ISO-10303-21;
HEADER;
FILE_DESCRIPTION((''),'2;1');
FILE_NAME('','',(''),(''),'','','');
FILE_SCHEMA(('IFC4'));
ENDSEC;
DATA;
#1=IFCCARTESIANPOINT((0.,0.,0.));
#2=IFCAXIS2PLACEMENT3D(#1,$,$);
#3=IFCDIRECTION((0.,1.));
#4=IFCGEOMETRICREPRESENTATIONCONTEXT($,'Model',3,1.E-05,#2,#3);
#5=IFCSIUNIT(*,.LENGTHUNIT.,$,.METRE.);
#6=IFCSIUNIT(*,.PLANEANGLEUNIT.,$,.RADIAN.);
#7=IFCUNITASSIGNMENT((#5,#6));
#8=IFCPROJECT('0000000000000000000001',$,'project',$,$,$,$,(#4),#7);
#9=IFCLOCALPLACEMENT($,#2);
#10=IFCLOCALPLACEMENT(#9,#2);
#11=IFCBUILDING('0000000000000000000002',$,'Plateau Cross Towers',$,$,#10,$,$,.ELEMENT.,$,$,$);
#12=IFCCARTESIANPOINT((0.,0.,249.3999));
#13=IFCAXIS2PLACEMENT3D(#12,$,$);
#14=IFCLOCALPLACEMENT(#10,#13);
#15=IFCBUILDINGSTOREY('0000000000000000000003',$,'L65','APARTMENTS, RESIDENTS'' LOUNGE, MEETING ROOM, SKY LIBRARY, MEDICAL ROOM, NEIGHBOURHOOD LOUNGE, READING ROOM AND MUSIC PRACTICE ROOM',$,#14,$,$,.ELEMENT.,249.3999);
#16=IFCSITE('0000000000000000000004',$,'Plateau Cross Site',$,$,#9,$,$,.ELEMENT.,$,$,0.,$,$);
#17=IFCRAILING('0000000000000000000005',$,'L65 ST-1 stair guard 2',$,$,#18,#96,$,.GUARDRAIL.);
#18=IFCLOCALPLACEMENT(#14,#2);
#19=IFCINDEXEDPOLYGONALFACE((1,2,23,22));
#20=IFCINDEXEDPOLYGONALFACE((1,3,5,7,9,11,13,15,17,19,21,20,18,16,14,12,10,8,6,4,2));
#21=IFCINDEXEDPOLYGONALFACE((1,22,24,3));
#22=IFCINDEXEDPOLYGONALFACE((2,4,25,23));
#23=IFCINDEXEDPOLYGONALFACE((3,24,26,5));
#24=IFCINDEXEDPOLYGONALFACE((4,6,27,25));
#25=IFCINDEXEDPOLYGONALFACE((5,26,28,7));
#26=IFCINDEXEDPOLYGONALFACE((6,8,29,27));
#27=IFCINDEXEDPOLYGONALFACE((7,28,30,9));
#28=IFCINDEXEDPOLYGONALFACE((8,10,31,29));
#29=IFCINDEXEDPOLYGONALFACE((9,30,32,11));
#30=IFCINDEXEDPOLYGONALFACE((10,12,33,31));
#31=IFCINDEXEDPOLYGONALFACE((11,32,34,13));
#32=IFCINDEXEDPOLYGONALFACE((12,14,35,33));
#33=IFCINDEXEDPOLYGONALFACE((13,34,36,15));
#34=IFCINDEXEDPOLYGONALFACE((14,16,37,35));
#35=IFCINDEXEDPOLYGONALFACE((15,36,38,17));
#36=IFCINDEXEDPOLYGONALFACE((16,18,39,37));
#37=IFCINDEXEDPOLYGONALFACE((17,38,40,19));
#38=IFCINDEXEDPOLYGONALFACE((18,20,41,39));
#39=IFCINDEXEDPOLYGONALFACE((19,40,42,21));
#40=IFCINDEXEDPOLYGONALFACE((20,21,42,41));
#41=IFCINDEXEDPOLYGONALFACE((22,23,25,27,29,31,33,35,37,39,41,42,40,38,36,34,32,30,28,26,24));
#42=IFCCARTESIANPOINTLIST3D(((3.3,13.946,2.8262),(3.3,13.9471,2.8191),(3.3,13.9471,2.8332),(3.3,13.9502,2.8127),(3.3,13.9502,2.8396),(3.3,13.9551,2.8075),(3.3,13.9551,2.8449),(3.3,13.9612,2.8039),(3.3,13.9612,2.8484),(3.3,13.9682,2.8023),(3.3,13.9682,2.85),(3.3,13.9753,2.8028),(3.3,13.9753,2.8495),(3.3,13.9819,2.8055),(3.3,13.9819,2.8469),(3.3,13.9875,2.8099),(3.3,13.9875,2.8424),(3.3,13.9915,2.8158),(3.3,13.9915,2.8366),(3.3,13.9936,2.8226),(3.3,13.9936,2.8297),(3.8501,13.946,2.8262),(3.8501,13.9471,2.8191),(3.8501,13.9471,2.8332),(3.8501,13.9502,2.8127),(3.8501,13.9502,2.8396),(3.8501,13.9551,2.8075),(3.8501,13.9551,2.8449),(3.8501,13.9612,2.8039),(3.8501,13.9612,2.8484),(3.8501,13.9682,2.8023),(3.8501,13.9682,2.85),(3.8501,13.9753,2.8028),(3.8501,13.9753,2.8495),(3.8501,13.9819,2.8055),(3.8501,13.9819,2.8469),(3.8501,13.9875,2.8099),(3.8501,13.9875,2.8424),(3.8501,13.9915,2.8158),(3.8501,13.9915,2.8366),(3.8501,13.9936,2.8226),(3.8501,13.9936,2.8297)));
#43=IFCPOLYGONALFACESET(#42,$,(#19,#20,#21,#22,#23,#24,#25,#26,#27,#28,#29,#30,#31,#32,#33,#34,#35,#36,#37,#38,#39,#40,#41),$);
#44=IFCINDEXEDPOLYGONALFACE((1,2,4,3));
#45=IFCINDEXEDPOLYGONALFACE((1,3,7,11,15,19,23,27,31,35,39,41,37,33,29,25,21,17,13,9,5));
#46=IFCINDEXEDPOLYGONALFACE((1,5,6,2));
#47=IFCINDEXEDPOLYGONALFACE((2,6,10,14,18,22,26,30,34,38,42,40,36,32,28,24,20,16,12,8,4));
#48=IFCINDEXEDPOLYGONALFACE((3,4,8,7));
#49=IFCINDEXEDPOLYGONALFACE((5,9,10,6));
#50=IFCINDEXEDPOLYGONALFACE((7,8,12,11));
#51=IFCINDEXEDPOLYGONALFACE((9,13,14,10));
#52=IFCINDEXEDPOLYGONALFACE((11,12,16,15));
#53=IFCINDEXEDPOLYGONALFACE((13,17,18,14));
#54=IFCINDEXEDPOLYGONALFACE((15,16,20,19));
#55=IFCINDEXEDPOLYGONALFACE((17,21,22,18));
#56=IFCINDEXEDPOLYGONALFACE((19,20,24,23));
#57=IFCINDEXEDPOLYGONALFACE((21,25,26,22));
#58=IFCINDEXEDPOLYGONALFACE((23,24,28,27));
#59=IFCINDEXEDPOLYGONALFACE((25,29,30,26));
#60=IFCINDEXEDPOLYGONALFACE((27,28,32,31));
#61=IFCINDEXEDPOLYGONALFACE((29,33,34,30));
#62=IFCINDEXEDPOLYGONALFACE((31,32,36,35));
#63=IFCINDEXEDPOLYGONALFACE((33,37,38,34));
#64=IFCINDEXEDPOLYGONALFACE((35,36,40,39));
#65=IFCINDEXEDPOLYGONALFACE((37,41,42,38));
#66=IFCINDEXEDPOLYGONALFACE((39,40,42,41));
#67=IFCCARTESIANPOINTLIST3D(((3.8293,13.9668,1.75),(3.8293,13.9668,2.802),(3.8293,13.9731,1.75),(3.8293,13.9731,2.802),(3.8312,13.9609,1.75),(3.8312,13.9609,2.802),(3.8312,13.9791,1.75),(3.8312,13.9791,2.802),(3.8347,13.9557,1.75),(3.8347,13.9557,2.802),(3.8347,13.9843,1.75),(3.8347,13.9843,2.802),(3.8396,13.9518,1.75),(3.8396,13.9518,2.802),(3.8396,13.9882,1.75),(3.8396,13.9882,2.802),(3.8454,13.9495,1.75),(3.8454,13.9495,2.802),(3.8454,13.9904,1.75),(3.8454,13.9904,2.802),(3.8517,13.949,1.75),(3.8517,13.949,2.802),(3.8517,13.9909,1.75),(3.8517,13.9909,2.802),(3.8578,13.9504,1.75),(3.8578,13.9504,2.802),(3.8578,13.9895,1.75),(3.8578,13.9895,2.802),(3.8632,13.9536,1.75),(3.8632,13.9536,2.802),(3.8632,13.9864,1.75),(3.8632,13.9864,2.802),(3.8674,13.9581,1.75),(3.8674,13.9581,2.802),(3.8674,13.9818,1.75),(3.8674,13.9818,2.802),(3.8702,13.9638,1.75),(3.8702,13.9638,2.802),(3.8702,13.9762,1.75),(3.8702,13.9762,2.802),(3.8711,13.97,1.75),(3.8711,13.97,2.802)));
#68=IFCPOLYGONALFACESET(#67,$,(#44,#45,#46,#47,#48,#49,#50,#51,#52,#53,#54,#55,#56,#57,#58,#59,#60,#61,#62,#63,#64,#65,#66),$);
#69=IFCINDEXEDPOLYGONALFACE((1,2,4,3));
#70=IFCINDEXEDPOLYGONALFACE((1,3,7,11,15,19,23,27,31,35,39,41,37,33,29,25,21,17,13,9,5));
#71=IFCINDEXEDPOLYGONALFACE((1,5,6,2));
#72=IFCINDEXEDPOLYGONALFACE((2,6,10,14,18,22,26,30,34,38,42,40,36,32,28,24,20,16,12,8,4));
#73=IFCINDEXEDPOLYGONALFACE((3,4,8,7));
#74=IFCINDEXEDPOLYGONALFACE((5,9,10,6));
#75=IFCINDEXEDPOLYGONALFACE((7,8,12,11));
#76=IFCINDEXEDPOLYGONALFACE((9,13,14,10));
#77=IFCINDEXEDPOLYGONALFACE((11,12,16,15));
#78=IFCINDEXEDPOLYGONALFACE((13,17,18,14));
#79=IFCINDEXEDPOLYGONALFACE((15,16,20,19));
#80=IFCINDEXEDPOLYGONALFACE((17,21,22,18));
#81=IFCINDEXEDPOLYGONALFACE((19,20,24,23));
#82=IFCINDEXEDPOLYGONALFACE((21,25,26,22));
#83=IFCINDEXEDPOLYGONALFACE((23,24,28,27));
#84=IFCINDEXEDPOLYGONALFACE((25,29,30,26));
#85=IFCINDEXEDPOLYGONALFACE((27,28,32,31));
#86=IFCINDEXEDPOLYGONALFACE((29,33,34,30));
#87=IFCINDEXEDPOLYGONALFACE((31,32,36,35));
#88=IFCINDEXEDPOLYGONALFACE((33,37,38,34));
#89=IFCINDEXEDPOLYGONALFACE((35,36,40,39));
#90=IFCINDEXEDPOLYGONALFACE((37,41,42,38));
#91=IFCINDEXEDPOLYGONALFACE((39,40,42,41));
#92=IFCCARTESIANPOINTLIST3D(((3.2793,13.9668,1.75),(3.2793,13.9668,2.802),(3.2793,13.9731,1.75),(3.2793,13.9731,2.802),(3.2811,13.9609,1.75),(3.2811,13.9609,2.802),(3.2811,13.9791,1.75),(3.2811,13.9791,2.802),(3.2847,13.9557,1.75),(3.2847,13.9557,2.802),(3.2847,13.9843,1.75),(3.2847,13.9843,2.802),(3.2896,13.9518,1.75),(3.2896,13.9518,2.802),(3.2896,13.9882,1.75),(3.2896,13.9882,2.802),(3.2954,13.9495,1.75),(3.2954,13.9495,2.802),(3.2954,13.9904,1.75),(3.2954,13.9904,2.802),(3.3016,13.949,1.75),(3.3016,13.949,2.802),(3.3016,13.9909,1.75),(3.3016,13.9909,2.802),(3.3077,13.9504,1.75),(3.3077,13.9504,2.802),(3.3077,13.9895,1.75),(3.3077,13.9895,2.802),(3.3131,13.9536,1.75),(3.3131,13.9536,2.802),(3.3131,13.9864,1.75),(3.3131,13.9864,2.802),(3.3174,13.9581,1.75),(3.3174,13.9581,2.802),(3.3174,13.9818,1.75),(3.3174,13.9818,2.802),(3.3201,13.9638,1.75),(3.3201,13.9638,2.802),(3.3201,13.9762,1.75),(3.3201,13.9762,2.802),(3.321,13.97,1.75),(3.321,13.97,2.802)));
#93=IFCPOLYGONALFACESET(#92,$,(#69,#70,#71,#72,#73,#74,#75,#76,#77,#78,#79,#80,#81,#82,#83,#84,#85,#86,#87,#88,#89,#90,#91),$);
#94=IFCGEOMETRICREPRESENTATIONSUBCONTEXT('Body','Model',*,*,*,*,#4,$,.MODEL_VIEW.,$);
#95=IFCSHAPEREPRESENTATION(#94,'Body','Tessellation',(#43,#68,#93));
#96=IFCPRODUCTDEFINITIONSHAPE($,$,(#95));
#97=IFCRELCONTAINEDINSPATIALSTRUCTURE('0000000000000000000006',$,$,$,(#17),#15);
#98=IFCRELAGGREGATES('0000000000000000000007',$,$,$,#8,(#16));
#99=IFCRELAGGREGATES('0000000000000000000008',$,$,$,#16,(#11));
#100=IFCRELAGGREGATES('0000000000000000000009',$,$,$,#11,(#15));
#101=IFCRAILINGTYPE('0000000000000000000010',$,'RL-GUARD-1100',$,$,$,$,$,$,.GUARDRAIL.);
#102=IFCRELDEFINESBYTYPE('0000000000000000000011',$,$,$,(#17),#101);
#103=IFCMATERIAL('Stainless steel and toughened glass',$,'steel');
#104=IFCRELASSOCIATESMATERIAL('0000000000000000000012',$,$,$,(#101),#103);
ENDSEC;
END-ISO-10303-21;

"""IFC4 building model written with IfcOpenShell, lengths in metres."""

from ifc_helpers import new_model, si_unit, direction, frame, origin, origin_2d, place, context, subcontext, project, spatial, circle, extrude, material, type_object, element, save


model = new_model("IFC4")

# Units and contexts
model_context = context("Model", 3, precision=1e-05, world=origin(), true_north=direction((0.0, 1.0)))
body_context = subcontext(model_context, "Body", "Model", "MODEL_VIEW")
ifc_project = project(units=[si_unit("LENGTHUNIT", "METRE"), si_unit("PLANEANGLEUNIT", "RADIAN")], contexts=[model_context])

# Site, building, storey
site_placement = place(None, origin())
site = spatial("IfcSite", under=ifc_project, at=site_placement, Name="Plateau Cross Site", CompositionType="ELEMENT", RefElevation=0.0)
building_placement = place(site_placement, origin())
building = spatial("IfcBuilding", under=site, at=building_placement, Name="Plateau Cross Towers", CompositionType="ELEMENT")
storey_placement = place(building_placement, frame((0.0, 0.0, 249.3999)))
storey = spatial("IfcBuildingStorey", under=building, at=storey_placement, Name="L65", Description="APARTMENTS, RESIDENTS' LOUNGE, MEETING ROOM, SKY LIBRARY, MEDICAL ROOM, NEIGHBOURHOOD LOUNGE, READING ROOM AND MUSIC PRACTICE ROOM", CompositionType="ELEMENT", Elevation=249.3999)

# Railing
ifc_material_1 = material(Name="Stainless steel and toughened glass", Category="steel")
railing_type_1 = type_object("IfcRailingType", Name="RL-GUARD-1100", PredefinedType="GUARDRAIL", material=ifc_material_1)
railing_1_placement = place(storey_placement, frame((3.8501, 13.97, 1.75)))
element("IfcRailing", 1, at=railing_1_placement, inside=storey, type_object=railing_type_1, Name="L65 ST-1 stair guard 2", PredefinedType="GUARDRAIL", context=body_context, shape_type="SweptSolid", body=[
    extrude(circle(Radius=0.0239, at=origin_2d()), frame((0.0, 0.0, 1.0762), z_axis=(-1.0, 0.0, 0.0), x_axis=(0.0, -1.0, 0.0)), (0.0, 0.0, 1.0), 0.55),
    extrude(circle(Radius=0.021, at=origin_2d()), origin(), (0.0, 0.0, 1.0), 1.052),
    extrude(circle(Radius=0.021, at=origin_2d()), frame((-0.55, 0.0, 0.0)), (0.0, 0.0, 1.0), 1.052),
])

save(model, "model.ifc")
